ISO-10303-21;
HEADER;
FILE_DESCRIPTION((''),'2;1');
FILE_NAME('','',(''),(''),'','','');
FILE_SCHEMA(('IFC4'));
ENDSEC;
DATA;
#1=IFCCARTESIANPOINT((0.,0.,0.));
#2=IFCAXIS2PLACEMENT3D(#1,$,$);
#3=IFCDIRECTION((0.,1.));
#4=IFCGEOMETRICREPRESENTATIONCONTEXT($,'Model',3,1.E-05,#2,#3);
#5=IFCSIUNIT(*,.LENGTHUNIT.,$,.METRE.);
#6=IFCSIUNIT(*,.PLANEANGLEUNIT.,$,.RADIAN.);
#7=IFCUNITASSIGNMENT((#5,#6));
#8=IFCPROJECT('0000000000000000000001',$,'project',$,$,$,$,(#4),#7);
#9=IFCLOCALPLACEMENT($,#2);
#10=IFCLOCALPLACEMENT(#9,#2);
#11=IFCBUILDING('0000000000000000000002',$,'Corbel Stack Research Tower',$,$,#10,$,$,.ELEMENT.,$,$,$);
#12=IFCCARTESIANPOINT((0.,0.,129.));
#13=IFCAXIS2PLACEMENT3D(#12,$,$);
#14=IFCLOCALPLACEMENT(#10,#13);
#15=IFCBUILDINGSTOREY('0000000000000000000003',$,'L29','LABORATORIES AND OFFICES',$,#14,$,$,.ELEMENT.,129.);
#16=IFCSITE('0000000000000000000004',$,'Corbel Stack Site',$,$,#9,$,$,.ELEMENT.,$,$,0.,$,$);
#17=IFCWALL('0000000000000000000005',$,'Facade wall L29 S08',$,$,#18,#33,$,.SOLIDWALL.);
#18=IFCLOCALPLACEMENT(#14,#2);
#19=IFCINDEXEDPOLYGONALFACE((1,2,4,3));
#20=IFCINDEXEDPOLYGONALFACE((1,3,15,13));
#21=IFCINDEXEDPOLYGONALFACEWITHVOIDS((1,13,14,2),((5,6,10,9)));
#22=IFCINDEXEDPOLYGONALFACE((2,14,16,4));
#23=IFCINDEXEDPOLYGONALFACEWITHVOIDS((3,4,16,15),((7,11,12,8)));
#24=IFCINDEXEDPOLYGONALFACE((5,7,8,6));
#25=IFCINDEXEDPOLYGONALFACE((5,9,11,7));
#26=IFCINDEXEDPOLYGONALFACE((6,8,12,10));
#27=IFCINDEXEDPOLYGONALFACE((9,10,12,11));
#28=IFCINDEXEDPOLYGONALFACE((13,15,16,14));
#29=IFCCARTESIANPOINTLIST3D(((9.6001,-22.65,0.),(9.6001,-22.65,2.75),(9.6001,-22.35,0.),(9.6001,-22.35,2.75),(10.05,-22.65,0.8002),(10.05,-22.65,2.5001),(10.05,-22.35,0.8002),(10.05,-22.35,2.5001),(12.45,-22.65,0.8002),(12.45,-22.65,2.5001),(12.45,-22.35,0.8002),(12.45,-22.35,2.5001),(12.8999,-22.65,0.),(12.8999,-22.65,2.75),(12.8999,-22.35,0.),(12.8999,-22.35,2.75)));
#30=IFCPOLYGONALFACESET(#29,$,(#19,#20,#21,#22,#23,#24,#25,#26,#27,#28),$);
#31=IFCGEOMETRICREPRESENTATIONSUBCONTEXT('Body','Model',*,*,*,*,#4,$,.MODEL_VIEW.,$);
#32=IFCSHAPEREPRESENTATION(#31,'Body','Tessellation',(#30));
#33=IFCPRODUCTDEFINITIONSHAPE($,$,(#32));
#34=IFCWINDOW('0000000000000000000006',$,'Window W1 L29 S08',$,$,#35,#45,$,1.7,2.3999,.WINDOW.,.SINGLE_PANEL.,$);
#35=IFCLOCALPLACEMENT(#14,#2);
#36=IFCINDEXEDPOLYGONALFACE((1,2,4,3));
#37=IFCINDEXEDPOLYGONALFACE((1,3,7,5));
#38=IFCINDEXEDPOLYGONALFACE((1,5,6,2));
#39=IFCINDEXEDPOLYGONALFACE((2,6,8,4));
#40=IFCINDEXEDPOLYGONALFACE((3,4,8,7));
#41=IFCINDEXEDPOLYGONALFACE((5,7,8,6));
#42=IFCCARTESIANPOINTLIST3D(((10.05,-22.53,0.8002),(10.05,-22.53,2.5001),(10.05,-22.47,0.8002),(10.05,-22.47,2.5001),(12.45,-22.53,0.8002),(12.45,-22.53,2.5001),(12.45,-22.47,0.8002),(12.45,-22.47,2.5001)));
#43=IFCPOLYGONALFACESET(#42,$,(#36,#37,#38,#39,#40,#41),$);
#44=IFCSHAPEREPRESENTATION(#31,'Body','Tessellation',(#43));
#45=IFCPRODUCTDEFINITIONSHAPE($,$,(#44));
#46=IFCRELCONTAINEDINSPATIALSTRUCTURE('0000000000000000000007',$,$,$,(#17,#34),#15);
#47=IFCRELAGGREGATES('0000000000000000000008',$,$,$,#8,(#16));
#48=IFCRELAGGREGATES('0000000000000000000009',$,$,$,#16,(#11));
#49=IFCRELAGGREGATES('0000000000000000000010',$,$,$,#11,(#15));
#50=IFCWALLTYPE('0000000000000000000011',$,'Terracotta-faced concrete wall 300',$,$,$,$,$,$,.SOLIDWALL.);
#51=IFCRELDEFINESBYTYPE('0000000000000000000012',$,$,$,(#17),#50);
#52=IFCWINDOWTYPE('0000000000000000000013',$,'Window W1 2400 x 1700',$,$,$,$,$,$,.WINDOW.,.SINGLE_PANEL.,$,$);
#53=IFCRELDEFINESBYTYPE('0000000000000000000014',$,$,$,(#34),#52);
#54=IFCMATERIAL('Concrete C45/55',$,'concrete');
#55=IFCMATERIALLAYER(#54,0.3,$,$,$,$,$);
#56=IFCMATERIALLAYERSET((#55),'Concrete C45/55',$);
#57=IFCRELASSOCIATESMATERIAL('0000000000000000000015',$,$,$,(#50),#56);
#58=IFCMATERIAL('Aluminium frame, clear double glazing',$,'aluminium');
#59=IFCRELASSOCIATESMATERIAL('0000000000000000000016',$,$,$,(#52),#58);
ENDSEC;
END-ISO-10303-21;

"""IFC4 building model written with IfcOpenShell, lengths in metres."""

from ifc_helpers import new_model, si_unit, direction, frame, frame_2d, origin, place, context, subcontext, project, spatial, rectangle, extrude, material, layer, layer_set, type_object, element, fill, save


model = new_model("IFC4")

# Units and contexts
model_context = context("Model", 3, precision=1e-05, world=origin(), true_north=direction((0.0, 1.0)))
body_context = subcontext(model_context, "Body", "Model", "MODEL_VIEW")
ifc_project = project(units=[si_unit("LENGTHUNIT", "METRE"), si_unit("PLANEANGLEUNIT", "RADIAN")], contexts=[model_context])

# Site, building, storey
site_placement = place(None, origin())
site = spatial("IfcSite", under=ifc_project, at=site_placement, Name="Corbel Stack Site", CompositionType="ELEMENT", RefElevation=0.0)
building_placement = place(site_placement, origin())
building = spatial("IfcBuilding", under=site, at=building_placement, Name="Corbel Stack Research Tower", CompositionType="ELEMENT")
storey_placement = place(building_placement, frame((0.0, 0.0, 129.0)))
storey = spatial("IfcBuildingStorey", under=building, at=storey_placement, Name="L29", Description="LABORATORIES AND OFFICES", CompositionType="ELEMENT", Elevation=129.0)

# Wall, opening, window
ifc_material_1 = material(Name="Concrete C45/55", Category="concrete")
ifc_layer_1 = layer(ifc_material_1, 0.3)
ifc_layer_set_1 = layer_set([ifc_layer_1], Name="Concrete C45/55")
wall_type_1 = type_object("IfcWallType", Name="Terracotta-faced concrete wall 300", PredefinedType="SOLIDWALL", material=ifc_layer_set_1)
ifc_material_2 = material(Name="Aluminium frame, clear double glazing", Category="aluminium")
window_type = type_object("IfcWindowType", Name="Window W1 2400 x 1700", PartitioningType="SINGLE_PANEL", PredefinedType="WINDOW", material=ifc_material_2)
wall_1_placement = place(storey_placement, frame((12.8999, -22.5, 0.0), z_axis=(0.0, 0.0, 1.0), x_axis=(-1.0, 0.0, 0.0)))
wall_1 = element("IfcWall", 1, at=wall_1_placement, inside=storey, type_object=wall_type_1, Name="Facade wall L29 S08", PredefinedType="SOLIDWALL", context=body_context, shape_type="SweptSolid", body=[
    extrude(rectangle(XDim=3.2998, YDim=0.3, at=frame_2d((1.6499, 0.0))), origin(), (0.0, 0.0, 1.0), 2.75),
])
opening_1_placement = place(wall_1_placement, frame((0.45, 0.0, 0.8)))
opening_1 = element("IfcOpeningElement", 2, at=opening_1_placement, cuts=wall_1, PredefinedType="OPENING", context=body_context, shape_type="SweptSolid", body=[
    extrude(rectangle(XDim=2.3999, YDim=1.7, at=frame_2d((1.2, 0.8501))), frame((0.0, 0.1599, 0.0), z_axis=(0.0, -1.0, 0.0), x_axis=(1.0, 0.0, 0.0)), (0.0, 0.0, 1.0), 0.3201),
])
window_1_placement = place(opening_1_placement, origin())
window_1 = element("IfcWindow", 3, at=window_1_placement, inside=storey, type_object=window_type, Name="Window W1 L29 S08", OverallHeight=1.7, OverallWidth=2.3999, PartitioningType="SINGLE_PANEL", PredefinedType="WINDOW", context=body_context, shape_type="SweptSolid", body=[
    extrude(rectangle(XDim=2.3999, YDim=1.7, at=frame_2d((1.2, 0.8501))), frame((0.0, 0.03, 0.0), z_axis=(0.0, -1.0, 0.0), x_axis=(1.0, 0.0, 0.0)), (0.0, 0.0, 1.0), 0.0601),
])
fill(opening_1, window_1)

save(model, "model.ifc")
